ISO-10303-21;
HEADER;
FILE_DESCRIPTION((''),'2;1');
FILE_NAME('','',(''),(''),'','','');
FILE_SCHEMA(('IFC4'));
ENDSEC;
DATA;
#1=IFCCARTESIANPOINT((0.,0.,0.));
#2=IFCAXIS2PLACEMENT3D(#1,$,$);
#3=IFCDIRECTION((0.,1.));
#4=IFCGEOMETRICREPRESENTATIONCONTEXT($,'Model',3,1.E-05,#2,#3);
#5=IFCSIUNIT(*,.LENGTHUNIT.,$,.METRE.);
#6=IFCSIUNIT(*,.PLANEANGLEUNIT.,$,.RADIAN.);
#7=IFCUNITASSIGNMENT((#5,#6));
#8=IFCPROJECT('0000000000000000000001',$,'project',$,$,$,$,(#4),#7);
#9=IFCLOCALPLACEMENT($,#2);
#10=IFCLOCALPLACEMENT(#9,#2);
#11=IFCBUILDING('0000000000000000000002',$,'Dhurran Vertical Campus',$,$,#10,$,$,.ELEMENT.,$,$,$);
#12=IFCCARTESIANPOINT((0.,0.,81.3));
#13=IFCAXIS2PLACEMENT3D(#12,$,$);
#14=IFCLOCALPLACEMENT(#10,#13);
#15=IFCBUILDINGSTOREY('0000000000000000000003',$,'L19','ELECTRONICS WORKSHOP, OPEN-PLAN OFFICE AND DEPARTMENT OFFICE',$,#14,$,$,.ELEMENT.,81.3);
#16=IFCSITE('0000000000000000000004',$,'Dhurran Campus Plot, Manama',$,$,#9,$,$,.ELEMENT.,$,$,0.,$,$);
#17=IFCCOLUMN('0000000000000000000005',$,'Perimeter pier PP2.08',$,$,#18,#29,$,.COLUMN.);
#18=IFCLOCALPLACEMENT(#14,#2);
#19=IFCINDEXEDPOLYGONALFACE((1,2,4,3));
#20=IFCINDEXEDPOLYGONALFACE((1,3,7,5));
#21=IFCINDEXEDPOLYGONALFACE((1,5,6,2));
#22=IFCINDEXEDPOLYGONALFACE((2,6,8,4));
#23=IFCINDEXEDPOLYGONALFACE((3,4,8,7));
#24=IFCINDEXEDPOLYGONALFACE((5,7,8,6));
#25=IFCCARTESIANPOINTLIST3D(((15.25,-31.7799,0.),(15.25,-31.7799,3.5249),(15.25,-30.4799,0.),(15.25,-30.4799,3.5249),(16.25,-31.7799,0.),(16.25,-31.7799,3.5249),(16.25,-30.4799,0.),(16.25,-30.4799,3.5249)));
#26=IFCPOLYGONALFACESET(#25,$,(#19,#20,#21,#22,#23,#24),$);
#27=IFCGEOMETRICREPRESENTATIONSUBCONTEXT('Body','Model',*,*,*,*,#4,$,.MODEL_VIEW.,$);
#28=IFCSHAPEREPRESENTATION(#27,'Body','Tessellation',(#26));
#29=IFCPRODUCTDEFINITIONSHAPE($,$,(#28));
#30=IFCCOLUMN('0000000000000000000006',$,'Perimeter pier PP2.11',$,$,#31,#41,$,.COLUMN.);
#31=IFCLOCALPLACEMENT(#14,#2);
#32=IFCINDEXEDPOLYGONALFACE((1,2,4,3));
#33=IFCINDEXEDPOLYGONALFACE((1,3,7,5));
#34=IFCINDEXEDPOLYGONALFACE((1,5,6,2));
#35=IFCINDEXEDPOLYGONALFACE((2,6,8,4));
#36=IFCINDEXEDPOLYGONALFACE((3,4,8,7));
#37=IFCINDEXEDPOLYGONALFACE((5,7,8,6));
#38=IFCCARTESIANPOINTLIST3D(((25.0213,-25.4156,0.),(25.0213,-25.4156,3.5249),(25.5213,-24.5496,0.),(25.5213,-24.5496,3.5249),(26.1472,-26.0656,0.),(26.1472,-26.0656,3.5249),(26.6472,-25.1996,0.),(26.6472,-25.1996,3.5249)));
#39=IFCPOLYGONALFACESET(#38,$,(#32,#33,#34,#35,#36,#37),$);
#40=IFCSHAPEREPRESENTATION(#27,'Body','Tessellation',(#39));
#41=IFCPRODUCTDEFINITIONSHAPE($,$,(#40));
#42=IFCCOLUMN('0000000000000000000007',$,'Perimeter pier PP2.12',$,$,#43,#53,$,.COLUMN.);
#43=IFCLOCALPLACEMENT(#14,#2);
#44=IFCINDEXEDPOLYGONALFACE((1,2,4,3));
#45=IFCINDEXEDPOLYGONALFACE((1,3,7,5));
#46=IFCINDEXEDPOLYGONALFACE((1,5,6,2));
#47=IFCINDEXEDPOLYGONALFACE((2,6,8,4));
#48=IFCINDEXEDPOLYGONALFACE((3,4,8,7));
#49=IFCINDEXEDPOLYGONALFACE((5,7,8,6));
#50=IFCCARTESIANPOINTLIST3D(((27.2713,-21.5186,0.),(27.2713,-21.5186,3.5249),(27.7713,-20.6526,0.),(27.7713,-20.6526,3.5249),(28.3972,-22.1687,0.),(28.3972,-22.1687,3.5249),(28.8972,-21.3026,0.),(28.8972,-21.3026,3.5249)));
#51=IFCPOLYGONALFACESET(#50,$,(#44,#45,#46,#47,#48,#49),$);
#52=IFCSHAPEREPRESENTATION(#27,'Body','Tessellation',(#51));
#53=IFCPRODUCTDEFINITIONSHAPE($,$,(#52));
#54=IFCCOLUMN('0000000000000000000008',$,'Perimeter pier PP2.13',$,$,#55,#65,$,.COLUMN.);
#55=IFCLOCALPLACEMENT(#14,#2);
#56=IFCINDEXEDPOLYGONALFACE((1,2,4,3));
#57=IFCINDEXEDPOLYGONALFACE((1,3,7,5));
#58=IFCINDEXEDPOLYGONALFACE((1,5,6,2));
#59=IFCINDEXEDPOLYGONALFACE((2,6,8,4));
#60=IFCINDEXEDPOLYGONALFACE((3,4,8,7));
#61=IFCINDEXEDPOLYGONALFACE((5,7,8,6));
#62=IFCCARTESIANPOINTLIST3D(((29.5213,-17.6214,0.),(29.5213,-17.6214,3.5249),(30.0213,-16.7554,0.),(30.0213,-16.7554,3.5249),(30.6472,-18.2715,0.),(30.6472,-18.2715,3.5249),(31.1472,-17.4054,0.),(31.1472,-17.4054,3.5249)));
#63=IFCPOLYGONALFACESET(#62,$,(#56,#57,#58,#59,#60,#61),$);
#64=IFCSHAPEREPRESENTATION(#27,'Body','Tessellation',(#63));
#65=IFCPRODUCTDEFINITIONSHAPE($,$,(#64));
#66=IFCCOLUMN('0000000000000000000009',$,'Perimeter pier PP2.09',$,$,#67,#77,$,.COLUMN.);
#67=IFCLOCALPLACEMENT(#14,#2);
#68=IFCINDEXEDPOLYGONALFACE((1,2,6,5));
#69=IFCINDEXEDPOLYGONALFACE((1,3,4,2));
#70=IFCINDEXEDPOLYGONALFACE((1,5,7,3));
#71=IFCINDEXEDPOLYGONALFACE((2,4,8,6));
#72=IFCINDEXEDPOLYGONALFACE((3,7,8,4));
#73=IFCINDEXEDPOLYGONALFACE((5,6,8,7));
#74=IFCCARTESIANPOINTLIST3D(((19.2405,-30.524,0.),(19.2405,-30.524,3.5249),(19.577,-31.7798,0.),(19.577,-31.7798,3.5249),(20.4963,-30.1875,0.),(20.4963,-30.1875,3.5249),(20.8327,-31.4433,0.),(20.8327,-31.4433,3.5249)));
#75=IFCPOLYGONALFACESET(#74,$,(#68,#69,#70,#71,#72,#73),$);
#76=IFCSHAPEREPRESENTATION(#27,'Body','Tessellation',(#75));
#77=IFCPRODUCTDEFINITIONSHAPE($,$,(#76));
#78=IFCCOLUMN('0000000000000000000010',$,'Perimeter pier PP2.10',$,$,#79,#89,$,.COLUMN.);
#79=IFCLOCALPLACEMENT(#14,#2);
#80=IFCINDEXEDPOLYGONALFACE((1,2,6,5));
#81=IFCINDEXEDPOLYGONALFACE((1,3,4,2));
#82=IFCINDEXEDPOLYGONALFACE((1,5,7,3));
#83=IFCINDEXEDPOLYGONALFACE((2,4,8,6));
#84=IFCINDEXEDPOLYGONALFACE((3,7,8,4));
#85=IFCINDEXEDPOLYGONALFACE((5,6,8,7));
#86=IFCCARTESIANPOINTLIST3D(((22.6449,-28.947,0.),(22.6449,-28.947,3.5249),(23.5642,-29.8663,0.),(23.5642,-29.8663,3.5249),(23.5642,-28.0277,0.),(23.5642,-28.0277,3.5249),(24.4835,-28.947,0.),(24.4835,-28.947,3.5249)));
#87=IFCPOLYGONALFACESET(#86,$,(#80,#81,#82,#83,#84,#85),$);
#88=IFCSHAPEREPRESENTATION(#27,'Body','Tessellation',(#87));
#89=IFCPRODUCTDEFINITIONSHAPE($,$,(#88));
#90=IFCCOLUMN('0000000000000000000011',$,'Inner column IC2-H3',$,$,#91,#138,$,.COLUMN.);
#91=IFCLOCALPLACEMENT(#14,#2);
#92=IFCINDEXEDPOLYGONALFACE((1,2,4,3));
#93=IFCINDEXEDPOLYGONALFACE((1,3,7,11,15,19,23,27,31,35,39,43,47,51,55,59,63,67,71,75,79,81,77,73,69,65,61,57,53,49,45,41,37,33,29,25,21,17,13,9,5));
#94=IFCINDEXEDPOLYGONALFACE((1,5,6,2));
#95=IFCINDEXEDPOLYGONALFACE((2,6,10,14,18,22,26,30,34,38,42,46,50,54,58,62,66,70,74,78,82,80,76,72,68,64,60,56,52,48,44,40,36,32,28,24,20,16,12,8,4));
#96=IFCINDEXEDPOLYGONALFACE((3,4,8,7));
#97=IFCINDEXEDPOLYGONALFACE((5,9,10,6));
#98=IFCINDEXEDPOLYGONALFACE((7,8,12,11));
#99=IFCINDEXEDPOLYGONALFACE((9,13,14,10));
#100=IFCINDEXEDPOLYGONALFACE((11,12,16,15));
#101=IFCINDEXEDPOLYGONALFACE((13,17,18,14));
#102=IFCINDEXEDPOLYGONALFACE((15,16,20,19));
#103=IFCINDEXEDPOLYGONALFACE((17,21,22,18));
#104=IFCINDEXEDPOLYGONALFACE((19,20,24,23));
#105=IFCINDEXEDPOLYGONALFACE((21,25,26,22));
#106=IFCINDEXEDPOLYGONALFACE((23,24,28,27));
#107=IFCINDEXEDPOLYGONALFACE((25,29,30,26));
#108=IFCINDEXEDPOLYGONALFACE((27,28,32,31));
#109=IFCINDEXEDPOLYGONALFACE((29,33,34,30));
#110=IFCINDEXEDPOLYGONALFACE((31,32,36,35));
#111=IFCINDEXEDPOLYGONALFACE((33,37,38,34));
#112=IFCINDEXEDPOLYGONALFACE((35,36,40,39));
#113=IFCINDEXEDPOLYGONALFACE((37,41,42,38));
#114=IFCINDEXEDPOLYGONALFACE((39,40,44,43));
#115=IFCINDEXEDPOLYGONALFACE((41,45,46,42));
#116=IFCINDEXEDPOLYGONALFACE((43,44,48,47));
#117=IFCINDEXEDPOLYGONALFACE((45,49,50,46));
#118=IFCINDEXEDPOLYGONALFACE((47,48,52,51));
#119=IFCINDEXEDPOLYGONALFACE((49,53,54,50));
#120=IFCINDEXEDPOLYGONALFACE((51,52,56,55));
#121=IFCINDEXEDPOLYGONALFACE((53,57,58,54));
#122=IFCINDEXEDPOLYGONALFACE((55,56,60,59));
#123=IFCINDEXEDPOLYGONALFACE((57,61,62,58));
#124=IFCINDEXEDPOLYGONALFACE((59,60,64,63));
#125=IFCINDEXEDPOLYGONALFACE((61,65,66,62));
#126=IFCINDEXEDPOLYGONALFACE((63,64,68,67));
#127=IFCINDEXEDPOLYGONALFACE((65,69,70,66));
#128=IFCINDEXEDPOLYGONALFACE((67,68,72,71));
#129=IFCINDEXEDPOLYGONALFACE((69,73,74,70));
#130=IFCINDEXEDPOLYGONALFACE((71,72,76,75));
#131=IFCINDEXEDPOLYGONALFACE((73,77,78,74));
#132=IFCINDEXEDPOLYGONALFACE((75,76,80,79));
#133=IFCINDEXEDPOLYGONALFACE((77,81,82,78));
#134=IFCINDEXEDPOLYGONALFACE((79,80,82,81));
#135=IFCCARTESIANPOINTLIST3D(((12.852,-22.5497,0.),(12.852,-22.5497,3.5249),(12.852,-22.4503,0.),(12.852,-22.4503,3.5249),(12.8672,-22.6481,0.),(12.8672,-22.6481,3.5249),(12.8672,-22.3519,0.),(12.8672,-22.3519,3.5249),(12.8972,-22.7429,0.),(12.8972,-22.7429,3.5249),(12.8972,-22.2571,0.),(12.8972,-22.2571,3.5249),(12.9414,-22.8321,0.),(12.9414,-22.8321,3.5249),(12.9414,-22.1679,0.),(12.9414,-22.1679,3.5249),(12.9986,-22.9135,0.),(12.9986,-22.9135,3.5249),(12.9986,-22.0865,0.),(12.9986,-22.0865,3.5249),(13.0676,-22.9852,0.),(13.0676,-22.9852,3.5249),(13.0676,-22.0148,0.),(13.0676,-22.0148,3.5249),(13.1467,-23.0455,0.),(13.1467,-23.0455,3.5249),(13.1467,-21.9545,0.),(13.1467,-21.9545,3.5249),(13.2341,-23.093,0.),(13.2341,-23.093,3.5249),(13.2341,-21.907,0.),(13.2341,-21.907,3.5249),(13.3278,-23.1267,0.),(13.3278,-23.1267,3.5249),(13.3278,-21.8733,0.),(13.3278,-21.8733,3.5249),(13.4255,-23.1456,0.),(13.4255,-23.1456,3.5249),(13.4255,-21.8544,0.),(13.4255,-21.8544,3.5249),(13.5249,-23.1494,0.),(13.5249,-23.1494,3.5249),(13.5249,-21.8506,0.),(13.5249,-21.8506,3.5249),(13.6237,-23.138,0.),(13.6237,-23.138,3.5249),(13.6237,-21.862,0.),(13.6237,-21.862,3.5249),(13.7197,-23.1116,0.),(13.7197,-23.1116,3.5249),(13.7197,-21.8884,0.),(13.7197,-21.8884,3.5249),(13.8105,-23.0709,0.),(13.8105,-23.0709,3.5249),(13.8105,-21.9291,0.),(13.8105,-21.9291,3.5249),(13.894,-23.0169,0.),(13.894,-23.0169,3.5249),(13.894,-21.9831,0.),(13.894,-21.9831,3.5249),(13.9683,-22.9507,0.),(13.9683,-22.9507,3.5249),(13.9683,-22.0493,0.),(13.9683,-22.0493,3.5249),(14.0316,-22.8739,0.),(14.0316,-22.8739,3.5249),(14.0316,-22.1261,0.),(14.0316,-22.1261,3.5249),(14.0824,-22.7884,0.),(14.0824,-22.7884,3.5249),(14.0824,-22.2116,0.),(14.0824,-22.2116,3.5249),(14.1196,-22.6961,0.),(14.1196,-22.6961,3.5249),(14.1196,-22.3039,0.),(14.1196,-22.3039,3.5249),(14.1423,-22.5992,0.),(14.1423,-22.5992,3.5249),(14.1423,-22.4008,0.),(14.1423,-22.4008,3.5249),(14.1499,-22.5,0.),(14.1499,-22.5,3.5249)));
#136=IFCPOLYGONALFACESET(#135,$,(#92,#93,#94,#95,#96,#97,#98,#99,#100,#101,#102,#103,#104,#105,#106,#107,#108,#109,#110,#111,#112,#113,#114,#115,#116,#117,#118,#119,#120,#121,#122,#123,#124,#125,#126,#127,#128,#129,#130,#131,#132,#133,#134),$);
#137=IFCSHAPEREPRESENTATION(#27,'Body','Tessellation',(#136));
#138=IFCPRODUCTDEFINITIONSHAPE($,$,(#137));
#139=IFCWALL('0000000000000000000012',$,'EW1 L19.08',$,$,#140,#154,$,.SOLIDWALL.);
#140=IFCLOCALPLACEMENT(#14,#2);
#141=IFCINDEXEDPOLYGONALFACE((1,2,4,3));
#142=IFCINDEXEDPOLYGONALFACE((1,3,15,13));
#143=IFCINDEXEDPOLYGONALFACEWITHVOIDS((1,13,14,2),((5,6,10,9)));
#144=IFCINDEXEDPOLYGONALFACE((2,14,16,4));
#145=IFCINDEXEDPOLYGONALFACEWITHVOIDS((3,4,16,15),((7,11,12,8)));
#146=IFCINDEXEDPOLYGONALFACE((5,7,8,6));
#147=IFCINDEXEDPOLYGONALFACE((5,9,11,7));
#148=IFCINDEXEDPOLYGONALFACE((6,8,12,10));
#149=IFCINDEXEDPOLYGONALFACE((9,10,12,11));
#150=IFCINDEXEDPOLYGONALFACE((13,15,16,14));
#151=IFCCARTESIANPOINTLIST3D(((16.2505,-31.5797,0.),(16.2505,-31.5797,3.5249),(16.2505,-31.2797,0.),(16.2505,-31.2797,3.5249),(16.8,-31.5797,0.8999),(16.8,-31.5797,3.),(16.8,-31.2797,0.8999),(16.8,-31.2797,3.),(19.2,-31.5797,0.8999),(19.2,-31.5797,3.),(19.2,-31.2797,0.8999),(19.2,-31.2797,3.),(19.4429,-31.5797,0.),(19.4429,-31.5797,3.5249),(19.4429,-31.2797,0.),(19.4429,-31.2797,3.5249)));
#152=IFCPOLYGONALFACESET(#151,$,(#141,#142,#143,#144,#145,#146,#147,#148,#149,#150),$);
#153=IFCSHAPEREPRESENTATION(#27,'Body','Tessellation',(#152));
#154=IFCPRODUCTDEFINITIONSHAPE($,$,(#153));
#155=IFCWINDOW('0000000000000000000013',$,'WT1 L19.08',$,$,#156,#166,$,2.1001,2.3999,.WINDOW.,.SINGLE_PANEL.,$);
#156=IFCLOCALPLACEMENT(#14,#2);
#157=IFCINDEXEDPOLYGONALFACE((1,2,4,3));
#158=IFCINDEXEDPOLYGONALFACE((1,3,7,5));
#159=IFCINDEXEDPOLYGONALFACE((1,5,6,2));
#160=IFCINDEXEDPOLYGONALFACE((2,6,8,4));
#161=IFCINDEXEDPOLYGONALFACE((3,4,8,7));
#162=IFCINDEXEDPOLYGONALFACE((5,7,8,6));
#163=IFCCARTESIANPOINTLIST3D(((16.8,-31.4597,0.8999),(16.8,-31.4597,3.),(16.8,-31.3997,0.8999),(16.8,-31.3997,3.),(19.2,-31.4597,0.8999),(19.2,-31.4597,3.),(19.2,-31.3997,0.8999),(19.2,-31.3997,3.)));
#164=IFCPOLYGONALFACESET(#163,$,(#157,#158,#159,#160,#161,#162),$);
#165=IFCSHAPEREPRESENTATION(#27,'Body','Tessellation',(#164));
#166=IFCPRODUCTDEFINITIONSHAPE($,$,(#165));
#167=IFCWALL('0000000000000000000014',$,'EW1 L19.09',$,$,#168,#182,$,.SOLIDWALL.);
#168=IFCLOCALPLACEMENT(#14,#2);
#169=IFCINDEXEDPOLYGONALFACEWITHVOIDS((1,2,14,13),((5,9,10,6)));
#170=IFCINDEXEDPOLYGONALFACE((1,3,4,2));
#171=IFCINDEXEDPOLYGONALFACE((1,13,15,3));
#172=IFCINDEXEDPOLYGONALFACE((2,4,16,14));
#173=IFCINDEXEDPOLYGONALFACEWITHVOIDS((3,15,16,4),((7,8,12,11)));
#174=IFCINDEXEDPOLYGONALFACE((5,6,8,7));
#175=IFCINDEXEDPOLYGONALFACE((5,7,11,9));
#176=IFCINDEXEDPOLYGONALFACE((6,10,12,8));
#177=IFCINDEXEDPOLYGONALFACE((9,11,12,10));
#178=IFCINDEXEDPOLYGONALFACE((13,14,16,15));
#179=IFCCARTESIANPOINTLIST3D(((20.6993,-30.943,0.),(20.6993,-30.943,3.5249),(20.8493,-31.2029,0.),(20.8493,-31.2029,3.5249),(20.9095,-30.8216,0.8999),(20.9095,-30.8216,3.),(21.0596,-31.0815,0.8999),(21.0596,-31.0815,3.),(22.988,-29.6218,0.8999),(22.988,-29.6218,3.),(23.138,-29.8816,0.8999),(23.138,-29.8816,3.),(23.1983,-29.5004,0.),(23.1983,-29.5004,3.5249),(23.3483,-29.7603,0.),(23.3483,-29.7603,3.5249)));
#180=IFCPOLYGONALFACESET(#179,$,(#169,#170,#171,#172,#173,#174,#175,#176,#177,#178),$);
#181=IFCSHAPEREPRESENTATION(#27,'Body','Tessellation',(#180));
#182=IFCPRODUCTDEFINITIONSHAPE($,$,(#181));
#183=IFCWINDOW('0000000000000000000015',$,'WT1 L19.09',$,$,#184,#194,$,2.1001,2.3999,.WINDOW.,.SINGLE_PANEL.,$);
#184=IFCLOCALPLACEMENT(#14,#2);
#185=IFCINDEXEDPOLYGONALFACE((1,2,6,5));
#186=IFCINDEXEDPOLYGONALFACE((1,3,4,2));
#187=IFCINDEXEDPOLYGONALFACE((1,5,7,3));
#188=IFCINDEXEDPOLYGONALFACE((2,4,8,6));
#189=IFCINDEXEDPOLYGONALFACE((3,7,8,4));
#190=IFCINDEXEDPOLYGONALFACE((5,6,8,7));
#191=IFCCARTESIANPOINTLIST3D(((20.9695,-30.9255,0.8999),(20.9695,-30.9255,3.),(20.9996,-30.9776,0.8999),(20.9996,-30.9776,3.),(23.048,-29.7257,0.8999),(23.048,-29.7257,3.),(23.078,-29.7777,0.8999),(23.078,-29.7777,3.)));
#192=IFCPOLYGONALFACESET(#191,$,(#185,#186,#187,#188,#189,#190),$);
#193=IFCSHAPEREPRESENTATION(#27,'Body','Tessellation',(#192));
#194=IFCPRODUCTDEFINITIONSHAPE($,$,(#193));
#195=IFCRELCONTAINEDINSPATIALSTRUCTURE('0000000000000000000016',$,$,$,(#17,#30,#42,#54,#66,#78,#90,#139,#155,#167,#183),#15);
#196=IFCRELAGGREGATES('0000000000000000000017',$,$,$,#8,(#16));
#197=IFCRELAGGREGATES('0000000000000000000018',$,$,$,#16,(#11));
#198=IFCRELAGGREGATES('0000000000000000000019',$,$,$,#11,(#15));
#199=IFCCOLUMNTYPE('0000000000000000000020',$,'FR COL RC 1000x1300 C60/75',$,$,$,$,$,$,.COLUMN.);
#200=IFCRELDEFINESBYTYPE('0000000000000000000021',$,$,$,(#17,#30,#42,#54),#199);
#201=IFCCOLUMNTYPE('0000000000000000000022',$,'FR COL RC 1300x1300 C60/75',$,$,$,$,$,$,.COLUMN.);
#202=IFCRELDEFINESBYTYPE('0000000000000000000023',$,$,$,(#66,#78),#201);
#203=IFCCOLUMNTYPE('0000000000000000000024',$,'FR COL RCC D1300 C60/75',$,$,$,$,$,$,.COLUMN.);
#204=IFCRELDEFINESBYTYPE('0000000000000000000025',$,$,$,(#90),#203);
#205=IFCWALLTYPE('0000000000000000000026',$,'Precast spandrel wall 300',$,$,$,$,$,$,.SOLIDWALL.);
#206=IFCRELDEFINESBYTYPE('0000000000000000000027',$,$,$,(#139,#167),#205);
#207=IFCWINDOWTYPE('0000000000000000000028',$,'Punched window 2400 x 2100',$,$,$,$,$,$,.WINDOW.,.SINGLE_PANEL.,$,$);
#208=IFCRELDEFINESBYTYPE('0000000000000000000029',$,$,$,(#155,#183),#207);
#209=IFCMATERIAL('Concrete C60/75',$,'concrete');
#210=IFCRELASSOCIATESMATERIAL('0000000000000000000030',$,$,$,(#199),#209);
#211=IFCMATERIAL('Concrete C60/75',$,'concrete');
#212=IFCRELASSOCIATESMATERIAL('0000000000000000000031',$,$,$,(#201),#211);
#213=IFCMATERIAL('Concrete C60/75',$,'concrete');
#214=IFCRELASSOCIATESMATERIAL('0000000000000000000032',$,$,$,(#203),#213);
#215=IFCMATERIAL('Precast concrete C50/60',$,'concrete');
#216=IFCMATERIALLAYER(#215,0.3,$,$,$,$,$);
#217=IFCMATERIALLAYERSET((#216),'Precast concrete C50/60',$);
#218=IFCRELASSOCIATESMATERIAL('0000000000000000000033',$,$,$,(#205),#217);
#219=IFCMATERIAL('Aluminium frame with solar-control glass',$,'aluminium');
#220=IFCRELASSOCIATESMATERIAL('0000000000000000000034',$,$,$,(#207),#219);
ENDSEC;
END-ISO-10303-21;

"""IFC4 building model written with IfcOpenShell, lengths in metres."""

from ifc_helpers import new_model, si_unit, direction, frame, frame_2d, origin, origin_2d, place, context, subcontext, project, spatial, rectangle, circle, extrude, material, layer, layer_set, material_profile, profile_set, type_object, element, fill, save


model = new_model("IFC4")

# Units and contexts
model_context = context("Model", 3, precision=1e-05, world=origin(), true_north=direction((0.0, 1.0)))
body_context = subcontext(model_context, "Body", "Model", "MODEL_VIEW")
ifc_project = project(units=[si_unit("LENGTHUNIT", "METRE"), si_unit("PLANEANGLEUNIT", "RADIAN")], contexts=[model_context])

# Site, building, storey
site_placement = place(None, origin())
site = spatial("IfcSite", under=ifc_project, at=site_placement, Name="Dhurran Campus Plot, Manama", CompositionType="ELEMENT", RefElevation=0.0)
building_placement = place(site_placement, origin())
building = spatial("IfcBuilding", under=site, at=building_placement, Name="Dhurran Vertical Campus", CompositionType="ELEMENT")
storey_placement = place(building_placement, frame((0.0, 0.0, 81.3)))
storey = spatial("IfcBuildingStorey", under=building, at=storey_placement, Name="L19", Description="ELECTRONICS WORKSHOP, OPEN-PLAN OFFICE AND DEPARTMENT OFFICE", CompositionType="ELEMENT", Elevation=81.3)

# Columns
ifc_material_1 = material(Name="Concrete C60/75", Category="concrete")
ifc_material_profile_1 = material_profile(ifc_material_1, rectangle(XDim=1.0, YDim=1.3, at=origin_2d()), Name="RC 1000x1300")
ifc_profile_set_1 = profile_set([ifc_material_profile_1], Name="Concrete C60/75")
column_type_1 = type_object("IfcColumnType", Name="FR COL RC 1000x1300 C60/75", PredefinedType="COLUMN", material=ifc_profile_set_1)
for number, where, z_axis, x_axis, name in (
    (1, (15.75, -31.1299, 0.0), (0.0, 0.0, 1.0), (1.0, 0.0, 0.0), "Perimeter pier PP2.08"),
    (2, (25.8342, -25.3076, 0.0), (0.0, 0.0, 1.0), (0.5, 0.866025, 0.0), "Perimeter pier PP2.11"),
    (3, (28.0842, -21.4106, 0.0), (0.0, 0.0, 1.0), (0.5, 0.866025, 0.0), "Perimeter pier PP2.12"),
    (4, (30.3342, -17.5134, 0.0), (0.0, 0.0, 1.0), (0.5, 0.866025, 0.0), "Perimeter pier PP2.13"),
):
    element("IfcColumn", number, at=place(storey_placement, frame(where, z_axis=z_axis, x_axis=x_axis)), inside=storey, type_object=column_type_1, Name=name, PredefinedType="COLUMN", context=body_context, shape_type="SweptSolid", body=[
        extrude(rectangle(XDim=1.0, YDim=1.3, at=origin_2d()), origin(), (0.0, 0.0, 1.0), 3.5249),
    ])
ifc_material_2 = material(Name="Concrete C60/75", Category="concrete")
ifc_material_profile_2 = material_profile(ifc_material_2, rectangle(XDim=1.3, YDim=1.3, at=origin_2d()), Name="RC 1300x1300")
ifc_profile_set_2 = profile_set([ifc_material_profile_2], Name="Concrete C60/75")
column_type_2 = type_object("IfcColumnType", Name="FR COL RC 1300x1300 C60/75", PredefinedType="COLUMN", material=ifc_profile_set_2)
for number, where, z_axis, x_axis, name in (
    (5, (20.0366, -30.9836, 0.0), (0.0, 0.0, 1.0), (0.965926, 0.258819, 0.0), "Perimeter pier PP2.09"),
    (6, (23.5642, -28.947, 0.0), (0.0, 0.0, 1.0), (0.707107, 0.707107, 0.0), "Perimeter pier PP2.10"),
):
    element("IfcColumn", number, at=place(storey_placement, frame(where, z_axis=z_axis, x_axis=x_axis)), inside=storey, type_object=column_type_2, Name=name, PredefinedType="COLUMN", context=body_context, shape_type="SweptSolid", body=[
        extrude(rectangle(XDim=1.3, YDim=1.3, at=origin_2d()), origin(), (0.0, 0.0, 1.0), 3.5249),
    ])
ifc_material_3 = material(Name="Concrete C60/75", Category="concrete")
ifc_material_profile_3 = material_profile(ifc_material_3, circle(Radius=0.6499, at=origin_2d()), Name="RCC D1300")
ifc_profile_set_3 = profile_set([ifc_material_profile_3], Name="Concrete C60/75")
column_type_3 = type_object("IfcColumnType", Name="FR COL RCC D1300 C60/75", PredefinedType="COLUMN", material=ifc_profile_set_3)
column_placement = place(storey_placement, frame((13.5, -22.5, 0.0), z_axis=(0.0, 0.0, 1.0), x_axis=(1.0, 0.0, 0.0)))
element("IfcColumn", 7, at=column_placement, inside=storey, type_object=column_type_3, Name="Inner column IC2-H3", PredefinedType="COLUMN", context=body_context, shape_type="SweptSolid", body=[
    extrude(circle(Radius=0.6499, at=origin_2d()), origin(), (0.0, 0.0, 1.0), 3.5249),
])

# Walls, openings, windows
ifc_material_4 = material(Name="Precast concrete C50/60", Category="concrete")
ifc_layer_1 = layer(ifc_material_4, 0.3)
ifc_layer_set_1 = layer_set([ifc_layer_1], Name="Precast concrete C50/60")
wall_type_1 = type_object("IfcWallType", Name="Precast spandrel wall 300", PredefinedType="SOLIDWALL", material=ifc_layer_set_1)
wall_1_placement = place(storey_placement, frame((16.2505, -31.4297, 0.0), z_axis=(0.0, 0.0, 1.0), x_axis=(1.0, 0.0, 0.0)))
wall_1 = element("IfcWall", 8, at=wall_1_placement, inside=storey, type_object=wall_type_1, Name="EW1 L19.08", PredefinedType="SOLIDWALL", context=body_context, shape_type="SweptSolid", body=[
    extrude(rectangle(XDim=3.1924, YDim=0.3, at=frame_2d((1.5962, 0.0))), origin(), (0.0, 0.0, 1.0), 3.5249),
])
opening_1_placement = place(wall_1_placement, frame((0.5496, 0.0, 0.8999)))
opening_1 = element("IfcOpeningElement", 9, at=opening_1_placement, cuts=wall_1, PredefinedType="OPENING", context=body_context, shape_type="SweptSolid", body=[
    extrude(rectangle(XDim=2.3999, YDim=2.1001, at=frame_2d((1.2, 1.05))), frame((0.0, 0.1599, 0.0), z_axis=(0.0, -1.0, 0.0), x_axis=(1.0, 0.0, 0.0)), (0.0, 0.0, 1.0), 0.3201),
])
ifc_material_5 = material(Name="Aluminium frame with solar-control glass", Category="aluminium")
window_type = type_object("IfcWindowType", Name="Punched window 2400 x 2100", PartitioningType="SINGLE_PANEL", PredefinedType="WINDOW", material=ifc_material_5)
window_1_placement = place(opening_1_placement, origin())
window_1 = element("IfcWindow", 10, at=window_1_placement, inside=storey, type_object=window_type, Name="WT1 L19.08", OverallHeight=2.1001, OverallWidth=2.3999, PartitioningType="SINGLE_PANEL", PredefinedType="WINDOW", context=body_context, shape_type="SweptSolid", body=[
    extrude(rectangle(XDim=2.3999, YDim=2.1001, at=frame_2d((1.2, 1.05))), frame((0.0, 0.03, 0.0), z_axis=(0.0, -1.0, 0.0), x_axis=(1.0, 0.0, 0.0)), (0.0, 0.0, 1.0), 0.0601),
])
fill(opening_1, window_1)
wall_2_placement = place(storey_placement, frame((20.7742, -31.073, 0.0), z_axis=(0.0, 0.0, 1.0), x_axis=(0.866053, 0.499952, 0.0)))
wall_2 = element("IfcWall", 11, at=wall_2_placement, inside=storey, type_object=wall_type_1, Name="EW1 L19.09", PredefinedType="SOLIDWALL", context=body_context, shape_type="SweptSolid", body=[
    extrude(rectangle(XDim=2.8855, YDim=0.3, at=frame_2d((1.4429, 0.0))), origin(), (0.0, 0.0, 1.0), 3.5249),
])
opening_2_placement = place(wall_2_placement, frame((0.2429, 0.0, 0.8999)))
opening_2 = element("IfcOpeningElement", 12, at=opening_2_placement, cuts=wall_2, PredefinedType="OPENING", context=body_context, shape_type="SweptSolid", body=[
    extrude(rectangle(XDim=2.3999, YDim=2.1001, at=frame_2d((1.2, 1.05))), frame((0.0, 0.1599, 0.0), z_axis=(0.0, -1.0, 0.0), x_axis=(1.0, 0.0, 0.0)), (0.0, 0.0, 1.0), 0.3201),
])
window_2_placement = place(opening_2_placement, origin())
window_2 = element("IfcWindow", 13, at=window_2_placement, inside=storey, type_object=window_type, Name="WT1 L19.09", OverallHeight=2.1001, OverallWidth=2.3999, PartitioningType="SINGLE_PANEL", PredefinedType="WINDOW", context=body_context, shape_type="SweptSolid", body=[
    extrude(rectangle(XDim=2.3999, YDim=2.1001, at=frame_2d((1.2, 1.05))), frame((0.0, 0.03, 0.0), z_axis=(0.0, -1.0, 0.0), x_axis=(1.0, 0.0, 0.0)), (0.0, 0.0, 1.0), 0.0601),
])
fill(opening_2, window_2)

save(model, "model.ifc")
